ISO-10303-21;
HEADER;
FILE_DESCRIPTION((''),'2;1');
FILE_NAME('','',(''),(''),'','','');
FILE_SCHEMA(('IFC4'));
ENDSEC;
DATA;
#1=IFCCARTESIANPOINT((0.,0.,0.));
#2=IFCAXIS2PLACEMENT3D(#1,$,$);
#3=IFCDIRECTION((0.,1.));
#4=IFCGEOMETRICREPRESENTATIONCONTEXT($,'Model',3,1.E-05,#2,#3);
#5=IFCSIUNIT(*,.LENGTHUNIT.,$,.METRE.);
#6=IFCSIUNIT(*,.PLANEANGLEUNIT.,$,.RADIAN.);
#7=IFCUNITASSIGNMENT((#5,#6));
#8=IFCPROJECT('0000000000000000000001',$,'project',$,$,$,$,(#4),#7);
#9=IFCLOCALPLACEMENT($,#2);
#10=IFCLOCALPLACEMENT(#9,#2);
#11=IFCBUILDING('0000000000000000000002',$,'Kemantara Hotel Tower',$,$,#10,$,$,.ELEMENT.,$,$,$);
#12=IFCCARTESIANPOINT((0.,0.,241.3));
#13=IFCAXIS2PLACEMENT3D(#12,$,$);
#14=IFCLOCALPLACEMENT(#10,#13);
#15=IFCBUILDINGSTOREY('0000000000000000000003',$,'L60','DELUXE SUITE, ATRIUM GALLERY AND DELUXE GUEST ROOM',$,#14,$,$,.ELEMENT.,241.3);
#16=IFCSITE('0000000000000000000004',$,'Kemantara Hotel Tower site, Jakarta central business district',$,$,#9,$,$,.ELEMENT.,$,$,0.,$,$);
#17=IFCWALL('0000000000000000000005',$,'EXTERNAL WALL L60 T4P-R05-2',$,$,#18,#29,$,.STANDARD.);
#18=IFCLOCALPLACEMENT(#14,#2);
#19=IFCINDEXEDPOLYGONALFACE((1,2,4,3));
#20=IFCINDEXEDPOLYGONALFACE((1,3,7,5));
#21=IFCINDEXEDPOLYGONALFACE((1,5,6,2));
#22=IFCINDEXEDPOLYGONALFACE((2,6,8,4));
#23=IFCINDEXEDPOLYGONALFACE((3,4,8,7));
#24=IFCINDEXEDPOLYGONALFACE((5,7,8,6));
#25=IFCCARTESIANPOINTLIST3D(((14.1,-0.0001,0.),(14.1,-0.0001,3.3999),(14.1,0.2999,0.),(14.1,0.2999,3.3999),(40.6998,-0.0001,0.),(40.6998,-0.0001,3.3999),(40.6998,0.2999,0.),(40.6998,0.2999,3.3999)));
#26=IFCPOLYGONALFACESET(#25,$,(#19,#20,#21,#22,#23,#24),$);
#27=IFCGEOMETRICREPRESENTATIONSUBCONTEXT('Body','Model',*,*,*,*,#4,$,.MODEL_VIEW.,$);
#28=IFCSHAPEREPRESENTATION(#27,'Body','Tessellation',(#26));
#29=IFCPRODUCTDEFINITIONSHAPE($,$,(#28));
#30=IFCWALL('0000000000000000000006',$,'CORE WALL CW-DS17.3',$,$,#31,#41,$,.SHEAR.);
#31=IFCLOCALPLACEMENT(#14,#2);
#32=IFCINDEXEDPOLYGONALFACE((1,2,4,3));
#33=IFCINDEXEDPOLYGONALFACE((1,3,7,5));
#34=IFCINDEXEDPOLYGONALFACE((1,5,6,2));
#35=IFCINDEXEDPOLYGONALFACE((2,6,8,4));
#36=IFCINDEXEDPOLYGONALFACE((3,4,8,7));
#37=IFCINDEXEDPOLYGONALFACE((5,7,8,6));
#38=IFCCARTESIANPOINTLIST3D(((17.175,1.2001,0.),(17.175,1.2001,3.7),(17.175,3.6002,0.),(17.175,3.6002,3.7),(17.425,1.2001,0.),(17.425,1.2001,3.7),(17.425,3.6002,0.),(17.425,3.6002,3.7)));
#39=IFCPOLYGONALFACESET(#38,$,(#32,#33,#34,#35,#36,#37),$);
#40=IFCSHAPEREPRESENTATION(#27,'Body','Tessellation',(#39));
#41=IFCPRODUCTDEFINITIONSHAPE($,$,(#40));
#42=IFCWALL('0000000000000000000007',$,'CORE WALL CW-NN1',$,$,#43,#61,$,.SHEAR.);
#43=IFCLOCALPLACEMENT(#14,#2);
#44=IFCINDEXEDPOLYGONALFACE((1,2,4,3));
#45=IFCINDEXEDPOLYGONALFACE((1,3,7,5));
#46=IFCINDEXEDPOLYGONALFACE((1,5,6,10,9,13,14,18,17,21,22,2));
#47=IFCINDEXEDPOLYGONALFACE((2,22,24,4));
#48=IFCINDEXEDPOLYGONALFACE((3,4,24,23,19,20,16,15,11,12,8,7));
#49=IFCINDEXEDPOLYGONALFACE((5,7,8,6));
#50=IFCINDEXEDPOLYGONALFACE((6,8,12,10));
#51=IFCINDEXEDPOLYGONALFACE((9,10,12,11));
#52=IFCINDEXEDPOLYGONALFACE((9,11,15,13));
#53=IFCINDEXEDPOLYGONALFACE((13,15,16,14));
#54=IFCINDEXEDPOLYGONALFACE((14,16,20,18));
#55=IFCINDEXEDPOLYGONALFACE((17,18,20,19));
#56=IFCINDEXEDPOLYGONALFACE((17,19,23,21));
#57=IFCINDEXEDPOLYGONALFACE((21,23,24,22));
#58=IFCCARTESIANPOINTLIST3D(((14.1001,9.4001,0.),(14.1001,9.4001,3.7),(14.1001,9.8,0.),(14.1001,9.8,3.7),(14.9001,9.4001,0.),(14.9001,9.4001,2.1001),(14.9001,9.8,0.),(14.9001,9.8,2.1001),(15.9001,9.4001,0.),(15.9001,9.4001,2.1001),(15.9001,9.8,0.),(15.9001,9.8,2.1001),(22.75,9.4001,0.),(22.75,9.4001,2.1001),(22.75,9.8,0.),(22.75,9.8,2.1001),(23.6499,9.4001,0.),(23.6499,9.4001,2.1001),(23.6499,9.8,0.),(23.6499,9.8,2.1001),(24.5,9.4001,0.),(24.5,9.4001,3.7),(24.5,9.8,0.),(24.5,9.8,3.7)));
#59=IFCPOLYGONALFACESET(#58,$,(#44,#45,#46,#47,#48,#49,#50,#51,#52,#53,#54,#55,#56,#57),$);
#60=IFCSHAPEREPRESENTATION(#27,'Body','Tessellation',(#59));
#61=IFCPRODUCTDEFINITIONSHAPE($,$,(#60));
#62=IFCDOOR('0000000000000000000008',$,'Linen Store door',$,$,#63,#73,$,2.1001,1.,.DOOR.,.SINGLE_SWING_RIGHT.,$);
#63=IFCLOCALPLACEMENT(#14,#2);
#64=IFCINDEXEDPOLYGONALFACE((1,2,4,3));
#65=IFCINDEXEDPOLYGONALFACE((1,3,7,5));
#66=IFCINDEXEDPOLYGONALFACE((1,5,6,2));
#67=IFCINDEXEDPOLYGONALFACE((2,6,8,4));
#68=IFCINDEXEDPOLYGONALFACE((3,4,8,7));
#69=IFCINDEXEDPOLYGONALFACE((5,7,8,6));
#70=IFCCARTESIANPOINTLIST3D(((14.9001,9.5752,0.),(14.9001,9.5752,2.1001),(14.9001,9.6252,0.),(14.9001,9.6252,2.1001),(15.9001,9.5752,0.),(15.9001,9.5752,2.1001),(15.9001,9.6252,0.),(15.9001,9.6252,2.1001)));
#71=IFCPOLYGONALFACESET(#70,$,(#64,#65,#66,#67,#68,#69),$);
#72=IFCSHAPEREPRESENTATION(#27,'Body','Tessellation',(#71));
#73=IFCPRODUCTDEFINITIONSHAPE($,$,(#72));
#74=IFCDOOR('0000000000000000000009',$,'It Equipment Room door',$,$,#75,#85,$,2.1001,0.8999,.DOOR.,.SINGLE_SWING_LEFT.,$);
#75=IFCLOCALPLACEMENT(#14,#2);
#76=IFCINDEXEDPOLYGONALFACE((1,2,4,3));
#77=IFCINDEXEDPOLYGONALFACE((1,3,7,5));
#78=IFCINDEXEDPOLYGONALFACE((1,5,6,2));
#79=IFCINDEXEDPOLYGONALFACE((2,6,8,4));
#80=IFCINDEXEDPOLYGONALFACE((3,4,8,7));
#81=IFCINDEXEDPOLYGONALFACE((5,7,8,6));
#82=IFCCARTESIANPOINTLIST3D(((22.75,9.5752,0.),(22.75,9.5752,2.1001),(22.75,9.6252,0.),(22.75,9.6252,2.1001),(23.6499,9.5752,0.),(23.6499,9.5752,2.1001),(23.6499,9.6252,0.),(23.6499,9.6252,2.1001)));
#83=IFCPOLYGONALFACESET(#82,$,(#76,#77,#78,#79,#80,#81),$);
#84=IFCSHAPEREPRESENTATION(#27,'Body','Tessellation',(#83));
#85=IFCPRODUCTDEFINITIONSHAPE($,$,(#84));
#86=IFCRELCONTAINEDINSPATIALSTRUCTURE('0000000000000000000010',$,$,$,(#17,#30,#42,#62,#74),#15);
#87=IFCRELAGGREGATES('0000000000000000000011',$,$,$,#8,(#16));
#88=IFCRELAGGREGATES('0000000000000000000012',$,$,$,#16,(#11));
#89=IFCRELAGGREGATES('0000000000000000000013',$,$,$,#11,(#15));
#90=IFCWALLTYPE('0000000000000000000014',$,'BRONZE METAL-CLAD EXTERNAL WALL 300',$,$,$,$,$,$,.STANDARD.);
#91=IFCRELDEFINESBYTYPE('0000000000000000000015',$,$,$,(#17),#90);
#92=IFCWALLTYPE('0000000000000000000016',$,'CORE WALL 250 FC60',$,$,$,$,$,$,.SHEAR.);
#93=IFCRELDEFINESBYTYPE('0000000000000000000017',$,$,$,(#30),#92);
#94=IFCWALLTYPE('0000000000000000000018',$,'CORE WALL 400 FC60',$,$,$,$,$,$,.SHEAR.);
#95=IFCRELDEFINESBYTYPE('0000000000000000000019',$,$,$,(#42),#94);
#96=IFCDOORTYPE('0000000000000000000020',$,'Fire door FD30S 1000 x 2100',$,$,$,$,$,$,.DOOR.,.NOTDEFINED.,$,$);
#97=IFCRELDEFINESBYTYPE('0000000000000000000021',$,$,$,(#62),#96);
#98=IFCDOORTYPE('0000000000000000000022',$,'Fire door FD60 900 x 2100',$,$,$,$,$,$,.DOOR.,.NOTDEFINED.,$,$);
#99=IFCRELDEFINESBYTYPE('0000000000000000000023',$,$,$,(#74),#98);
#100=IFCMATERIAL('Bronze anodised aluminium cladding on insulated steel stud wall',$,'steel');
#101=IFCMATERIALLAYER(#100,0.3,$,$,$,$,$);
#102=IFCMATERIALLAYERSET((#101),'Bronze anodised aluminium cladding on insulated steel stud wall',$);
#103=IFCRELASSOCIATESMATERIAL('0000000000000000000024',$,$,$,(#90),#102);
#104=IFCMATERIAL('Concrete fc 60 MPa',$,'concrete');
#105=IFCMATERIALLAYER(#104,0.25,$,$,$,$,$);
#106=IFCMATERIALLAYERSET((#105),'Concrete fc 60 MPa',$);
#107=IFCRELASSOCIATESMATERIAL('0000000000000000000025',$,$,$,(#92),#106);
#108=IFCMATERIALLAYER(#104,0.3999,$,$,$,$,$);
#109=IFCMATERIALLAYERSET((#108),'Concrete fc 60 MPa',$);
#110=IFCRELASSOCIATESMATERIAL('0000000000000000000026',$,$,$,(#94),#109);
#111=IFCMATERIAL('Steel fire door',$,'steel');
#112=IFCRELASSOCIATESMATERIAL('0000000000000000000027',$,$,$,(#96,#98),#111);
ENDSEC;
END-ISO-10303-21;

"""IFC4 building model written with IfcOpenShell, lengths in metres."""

from ifc_helpers import new_model, si_unit, direction, frame, frame_2d, origin, place, context, subcontext, project, spatial, rectangle, extrude, material, layer, layer_set, type_object, element, fill, save


model = new_model("IFC4")

# Units and contexts
model_context = context("Model", 3, precision=1e-05, world=origin(), true_north=direction((0.0, 1.0)))
body_context = subcontext(model_context, "Body", "Model", "MODEL_VIEW")
ifc_project = project(units=[si_unit("LENGTHUNIT", "METRE"), si_unit("PLANEANGLEUNIT", "RADIAN")], contexts=[model_context])

# Site, building, storey
site_placement = place(None, origin())
site = spatial("IfcSite", under=ifc_project, at=site_placement, Name="Kemantara Hotel Tower site, Jakarta central business district", CompositionType="ELEMENT", RefElevation=0.0)
building_placement = place(site_placement, origin())
building = spatial("IfcBuilding", under=site, at=building_placement, Name="Kemantara Hotel Tower", CompositionType="ELEMENT")
storey_placement = place(building_placement, frame((0.0, 0.0, 241.3)))
storey = spatial("IfcBuildingStorey", under=building, at=storey_placement, Name="L60", Description="DELUXE SUITE, ATRIUM GALLERY AND DELUXE GUEST ROOM", CompositionType="ELEMENT", Elevation=241.3)

# Walls
ifc_material_1 = material(Name="Bronze anodised aluminium cladding on insulated steel stud wall", Category="steel")
ifc_layer_1 = layer(ifc_material_1, 0.3)
ifc_layer_set_1 = layer_set([ifc_layer_1], Name="Bronze anodised aluminium cladding on insulated steel stud wall")
wall_type_1 = type_object("IfcWallType", Name="BRONZE METAL-CLAD EXTERNAL WALL 300", PredefinedType="STANDARD", material=ifc_layer_set_1)
wall_1_placement = place(storey_placement, frame((14.1001, 0.1499, 0.0), z_axis=(0.0, 0.0, 1.0), x_axis=(1.0, 0.0, 0.0)))
element("IfcWall", 1, at=wall_1_placement, inside=storey, type_object=wall_type_1, Name="EXTERNAL WALL L60 T4P-R05-2", PredefinedType="STANDARD", context=body_context, shape_type="SweptSolid", body=[
    extrude(rectangle(XDim=26.5999, YDim=0.3, at=frame_2d((13.2998, 0.0))), origin(), (0.0, 0.0, 1.0), 3.3999),
])
ifc_material_2 = material(Name="Concrete fc 60 MPa", Category="concrete")
ifc_layer_2 = layer(ifc_material_2, 0.25)
ifc_layer_set_2 = layer_set([ifc_layer_2], Name="Concrete fc 60 MPa")
wall_type_2 = type_object("IfcWallType", Name="CORE WALL 250 FC60", PredefinedType="SHEAR", material=ifc_layer_set_2)
wall_2_placement = place(storey_placement, frame((17.3, 1.2, 0.0), z_axis=(0.0, 0.0, 1.0), x_axis=(0.0, 1.0, 0.0)))
element("IfcWall", 2, at=wall_2_placement, inside=storey, type_object=wall_type_2, Name="CORE WALL CW-DS17.3", PredefinedType="SHEAR", context=body_context, shape_type="SweptSolid", body=[
    extrude(rectangle(XDim=2.4001, YDim=0.25, at=frame_2d((1.2002, 0.0))), origin(), (0.0, 0.0, 1.0), 3.7),
])

# Wall, openings, doors
ifc_layer_3 = layer(ifc_material_2, 0.3999)
ifc_layer_set_3 = layer_set([ifc_layer_3], Name="Concrete fc 60 MPa")
wall_type_3 = type_object("IfcWallType", Name="CORE WALL 400 FC60", PredefinedType="SHEAR", material=ifc_layer_set_3)
wall_3_placement = place(storey_placement, frame((14.1001, 9.6001, 0.0), z_axis=(0.0, 0.0, 1.0), x_axis=(1.0, 0.0, 0.0)))
wall_3 = element("IfcWall", 3, at=wall_3_placement, inside=storey, type_object=wall_type_3, Name="CORE WALL CW-NN1", PredefinedType="SHEAR", context=body_context, shape_type="SweptSolid", body=[
    extrude(rectangle(XDim=10.3999, YDim=0.3999, at=frame_2d((5.2, 0.0))), origin(), (0.0, 0.0, 1.0), 3.7),
])
opening_1_placement = place(wall_3_placement, frame((0.8, 0.0, 0.0)))
opening_1 = element("IfcOpeningElement", 4, at=opening_1_placement, cuts=wall_3, PredefinedType="OPENING", context=body_context, shape_type="SweptSolid", body=[
    extrude(rectangle(XDim=1.0, YDim=2.1001, at=frame_2d((0.5, 1.05))), frame((0.0, 0.21, 0.0), z_axis=(0.0, -1.0, 0.0), x_axis=(1.0, 0.0, 0.0)), (0.0, 0.0, 1.0), 0.4199),
])
opening_2_placement = place(wall_3_placement, frame((8.6499, 0.0, 0.0)))
opening_2 = element("IfcOpeningElement", 5, at=opening_2_placement, cuts=wall_3, PredefinedType="OPENING", context=body_context, shape_type="SweptSolid", body=[
    extrude(rectangle(XDim=0.8999, YDim=2.1001, at=frame_2d((0.45, 1.05))), frame((0.0, 0.21, 0.0), z_axis=(0.0, -1.0, 0.0), x_axis=(1.0, 0.0, 0.0)), (0.0, 0.0, 1.0), 0.4199),
])
ifc_material_3 = material(Name="Steel fire door", Category="steel")
door_type_1 = type_object("IfcDoorType", Name="Fire door FD30S 1000 x 2100", OperationType="NOTDEFINED", PredefinedType="DOOR", material=ifc_material_3)
door_1_placement = place(opening_1_placement, frame((1.0, 0.0, 0.0), z_axis=(0.0, 0.0, 1.0), x_axis=(-1.0, 0.0, 0.0)))
door_1 = element("IfcDoor", 6, at=door_1_placement, inside=storey, type_object=door_type_1, Name="Linen Store door", OperationType="SINGLE_SWING_RIGHT", OverallHeight=2.1001, OverallWidth=1.0, PredefinedType="DOOR", context=body_context, shape_type="SweptSolid", body=[
    extrude(rectangle(XDim=1.0, YDim=2.1001, at=frame_2d((0.5, 1.05))), frame((0.0, 0.0249, 0.0), z_axis=(0.0, -1.0, 0.0), x_axis=(1.0, 0.0, 0.0)), (0.0, 0.0, 1.0), 0.05),
])
fill(opening_1, door_1)
door_type_2 = type_object("IfcDoorType", Name="Fire door FD60 900 x 2100", OperationType="NOTDEFINED", PredefinedType="DOOR", material=ifc_material_3)
door_2_placement = place(opening_2_placement, frame((0.8999, 0.0, 0.0), z_axis=(0.0, 0.0, 1.0), x_axis=(-1.0, 0.0, 0.0)))
door_2 = element("IfcDoor", 7, at=door_2_placement, inside=storey, type_object=door_type_2, Name="It Equipment Room door", OperationType="SINGLE_SWING_LEFT", OverallHeight=2.1001, OverallWidth=0.8999, PredefinedType="DOOR", context=body_context, shape_type="SweptSolid", body=[
    extrude(rectangle(XDim=0.8999, YDim=2.1001, at=frame_2d((0.45, 1.05))), frame((0.0, 0.0249, 0.0), z_axis=(0.0, -1.0, 0.0), x_axis=(1.0, 0.0, 0.0)), (0.0, 0.0, 1.0), 0.05),
])
fill(opening_2, door_2)

save(model, "model.ifc")
